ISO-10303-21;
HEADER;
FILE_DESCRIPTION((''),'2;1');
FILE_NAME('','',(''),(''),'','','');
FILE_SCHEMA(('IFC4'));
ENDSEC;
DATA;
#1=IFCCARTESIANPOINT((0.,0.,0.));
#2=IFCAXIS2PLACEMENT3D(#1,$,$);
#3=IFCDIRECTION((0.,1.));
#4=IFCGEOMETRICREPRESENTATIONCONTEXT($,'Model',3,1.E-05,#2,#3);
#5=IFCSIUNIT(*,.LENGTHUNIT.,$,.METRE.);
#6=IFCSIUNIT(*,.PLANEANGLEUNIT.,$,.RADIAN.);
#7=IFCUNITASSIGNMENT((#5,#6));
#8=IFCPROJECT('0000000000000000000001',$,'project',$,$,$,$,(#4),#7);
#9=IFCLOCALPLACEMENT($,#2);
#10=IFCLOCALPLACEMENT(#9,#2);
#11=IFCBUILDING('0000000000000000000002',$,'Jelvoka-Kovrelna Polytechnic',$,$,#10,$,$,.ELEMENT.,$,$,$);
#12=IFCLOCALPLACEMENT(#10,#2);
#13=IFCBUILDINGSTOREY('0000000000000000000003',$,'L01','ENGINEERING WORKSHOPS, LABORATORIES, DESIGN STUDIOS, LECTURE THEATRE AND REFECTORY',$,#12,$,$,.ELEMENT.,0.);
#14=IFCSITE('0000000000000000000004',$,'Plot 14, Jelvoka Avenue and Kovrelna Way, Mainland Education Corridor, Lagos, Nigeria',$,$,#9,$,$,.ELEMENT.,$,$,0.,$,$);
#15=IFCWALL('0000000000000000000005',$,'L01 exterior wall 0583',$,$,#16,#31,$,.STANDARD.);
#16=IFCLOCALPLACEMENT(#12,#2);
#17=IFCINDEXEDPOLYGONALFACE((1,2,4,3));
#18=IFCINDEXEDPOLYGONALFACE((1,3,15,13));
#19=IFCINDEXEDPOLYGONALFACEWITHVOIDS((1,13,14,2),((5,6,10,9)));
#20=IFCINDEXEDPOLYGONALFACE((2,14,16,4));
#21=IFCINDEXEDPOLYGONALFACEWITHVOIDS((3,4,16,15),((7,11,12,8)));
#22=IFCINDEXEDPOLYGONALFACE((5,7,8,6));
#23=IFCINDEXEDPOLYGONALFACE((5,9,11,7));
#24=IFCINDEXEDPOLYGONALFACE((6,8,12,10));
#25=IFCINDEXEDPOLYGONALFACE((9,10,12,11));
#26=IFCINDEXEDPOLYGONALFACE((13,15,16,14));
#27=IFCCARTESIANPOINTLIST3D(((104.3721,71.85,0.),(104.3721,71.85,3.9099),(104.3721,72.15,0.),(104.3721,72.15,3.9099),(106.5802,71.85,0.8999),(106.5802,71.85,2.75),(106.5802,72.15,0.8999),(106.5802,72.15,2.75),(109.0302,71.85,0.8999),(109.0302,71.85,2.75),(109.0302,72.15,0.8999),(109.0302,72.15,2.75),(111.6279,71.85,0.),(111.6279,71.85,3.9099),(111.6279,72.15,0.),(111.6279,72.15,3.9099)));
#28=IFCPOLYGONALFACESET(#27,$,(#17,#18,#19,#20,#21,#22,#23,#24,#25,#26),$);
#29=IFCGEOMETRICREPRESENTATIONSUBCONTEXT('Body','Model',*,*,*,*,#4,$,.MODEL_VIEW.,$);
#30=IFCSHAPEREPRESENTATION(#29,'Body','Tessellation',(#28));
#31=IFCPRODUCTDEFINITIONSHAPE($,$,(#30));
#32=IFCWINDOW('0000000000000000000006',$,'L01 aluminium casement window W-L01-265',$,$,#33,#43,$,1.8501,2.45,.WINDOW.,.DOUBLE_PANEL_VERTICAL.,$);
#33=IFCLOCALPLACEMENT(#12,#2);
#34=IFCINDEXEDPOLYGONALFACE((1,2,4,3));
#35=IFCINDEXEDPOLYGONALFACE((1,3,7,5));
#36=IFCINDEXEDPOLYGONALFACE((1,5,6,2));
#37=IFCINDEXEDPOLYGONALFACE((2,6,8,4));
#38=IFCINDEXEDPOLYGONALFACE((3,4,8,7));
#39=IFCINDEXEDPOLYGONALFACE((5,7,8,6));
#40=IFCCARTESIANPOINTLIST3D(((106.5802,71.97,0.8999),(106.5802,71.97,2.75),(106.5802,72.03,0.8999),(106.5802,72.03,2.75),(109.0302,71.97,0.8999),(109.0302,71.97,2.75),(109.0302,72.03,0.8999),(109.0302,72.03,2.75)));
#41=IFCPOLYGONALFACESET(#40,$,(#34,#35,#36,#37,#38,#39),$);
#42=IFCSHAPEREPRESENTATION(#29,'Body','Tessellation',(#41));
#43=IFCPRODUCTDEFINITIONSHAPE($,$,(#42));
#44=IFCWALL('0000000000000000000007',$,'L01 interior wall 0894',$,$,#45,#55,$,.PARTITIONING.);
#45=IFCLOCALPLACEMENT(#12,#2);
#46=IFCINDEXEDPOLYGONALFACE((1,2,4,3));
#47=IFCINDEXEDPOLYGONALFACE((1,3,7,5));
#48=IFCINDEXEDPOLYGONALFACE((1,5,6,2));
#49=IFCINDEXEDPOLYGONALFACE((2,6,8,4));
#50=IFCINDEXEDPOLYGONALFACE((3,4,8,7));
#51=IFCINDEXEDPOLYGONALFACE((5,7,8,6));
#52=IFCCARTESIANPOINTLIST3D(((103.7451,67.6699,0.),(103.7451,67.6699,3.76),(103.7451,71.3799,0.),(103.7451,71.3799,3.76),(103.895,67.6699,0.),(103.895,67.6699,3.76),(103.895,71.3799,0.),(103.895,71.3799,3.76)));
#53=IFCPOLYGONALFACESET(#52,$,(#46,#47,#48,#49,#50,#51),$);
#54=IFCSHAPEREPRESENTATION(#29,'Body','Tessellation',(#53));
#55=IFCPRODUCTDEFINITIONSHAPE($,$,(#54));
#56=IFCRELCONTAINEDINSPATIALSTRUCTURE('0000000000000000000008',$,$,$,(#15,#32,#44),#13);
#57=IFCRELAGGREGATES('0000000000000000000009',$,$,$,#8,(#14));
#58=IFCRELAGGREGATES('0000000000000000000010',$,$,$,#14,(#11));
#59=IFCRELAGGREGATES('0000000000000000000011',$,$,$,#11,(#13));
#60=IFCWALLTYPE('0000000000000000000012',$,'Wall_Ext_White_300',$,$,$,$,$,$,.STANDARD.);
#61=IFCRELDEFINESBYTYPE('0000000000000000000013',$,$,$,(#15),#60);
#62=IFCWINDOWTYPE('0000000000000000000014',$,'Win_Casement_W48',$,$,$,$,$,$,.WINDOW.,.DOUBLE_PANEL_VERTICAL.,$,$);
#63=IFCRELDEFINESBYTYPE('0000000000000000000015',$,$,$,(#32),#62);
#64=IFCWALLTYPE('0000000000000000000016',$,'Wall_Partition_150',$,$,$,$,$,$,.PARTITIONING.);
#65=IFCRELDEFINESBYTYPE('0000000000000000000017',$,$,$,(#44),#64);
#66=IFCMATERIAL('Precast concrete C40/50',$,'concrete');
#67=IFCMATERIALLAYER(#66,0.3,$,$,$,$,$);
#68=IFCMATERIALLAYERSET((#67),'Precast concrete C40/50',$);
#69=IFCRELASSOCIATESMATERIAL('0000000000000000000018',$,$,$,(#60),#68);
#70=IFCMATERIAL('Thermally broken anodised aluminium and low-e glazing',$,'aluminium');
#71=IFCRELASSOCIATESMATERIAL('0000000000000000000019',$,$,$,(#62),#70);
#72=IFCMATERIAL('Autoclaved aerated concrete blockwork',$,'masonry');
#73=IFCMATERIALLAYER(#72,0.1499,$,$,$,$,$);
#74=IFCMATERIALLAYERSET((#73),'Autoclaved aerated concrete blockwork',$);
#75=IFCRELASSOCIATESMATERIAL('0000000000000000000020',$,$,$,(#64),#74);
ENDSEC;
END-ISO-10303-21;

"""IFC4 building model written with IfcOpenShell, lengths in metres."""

from ifc_helpers import new_model, si_unit, direction, frame, frame_2d, origin, place, context, subcontext, project, spatial, rectangle, extrude, material, layer, layer_set, type_object, element, fill, save


model = new_model("IFC4")

# Units and contexts
model_context = context("Model", 3, precision=1e-05, world=origin(), true_north=direction((0.0, 1.0)))
body_context = subcontext(model_context, "Body", "Model", "MODEL_VIEW")
ifc_project = project(units=[si_unit("LENGTHUNIT", "METRE"), si_unit("PLANEANGLEUNIT", "RADIAN")], contexts=[model_context])

# Site, building, storey
site_placement = place(None, origin())
site = spatial("IfcSite", under=ifc_project, at=site_placement, Name="Plot 14, Jelvoka Avenue and Kovrelna Way, Mainland Education Corridor, Lagos, Nigeria", CompositionType="ELEMENT", RefElevation=0.0)
building_placement = place(site_placement, origin())
building = spatial("IfcBuilding", under=site, at=building_placement, Name="Jelvoka-Kovrelna Polytechnic", CompositionType="ELEMENT")
storey_placement = place(building_placement, origin())
storey = spatial("IfcBuildingStorey", under=building, at=storey_placement, Name="L01", Description="ENGINEERING WORKSHOPS, LABORATORIES, DESIGN STUDIOS, LECTURE THEATRE AND REFECTORY", CompositionType="ELEMENT", Elevation=0.0)

# Shared definitions
ifc_material_1 = material(Name="Precast concrete C40/50", Category="concrete")
ifc_layer_1 = layer(ifc_material_1, 0.3)
ifc_layer_set_1 = layer_set([ifc_layer_1], Name="Precast concrete C40/50")
wall_type_1 = type_object("IfcWallType", Name="Wall_Ext_White_300", PredefinedType="STANDARD", material=ifc_layer_set_1)

# Wall, opening, window
ifc_material_2 = material(Name="Thermally broken anodised aluminium and low-e glazing", Category="aluminium")
window_type_1 = type_object("IfcWindowType", Name="Win_Casement_W48", PartitioningType="DOUBLE_PANEL_VERTICAL", PredefinedType="WINDOW", material=ifc_material_2)
wall_1_placement = place(storey_placement, frame((104.3721, 72.0, 0.0), z_axis=(0.0, 0.0, 1.0), x_axis=(1.0, 0.0, 0.0)))
wall_1 = element("IfcWall", 1, at=wall_1_placement, inside=storey, type_object=wall_type_1, Name="L01 exterior wall 0583", PredefinedType="STANDARD", context=body_context, shape_type="SweptSolid", body=[
    extrude(rectangle(XDim=7.2559, YDim=0.3, at=frame_2d((3.6279, 0.0))), origin(), (0.0, 0.0, 1.0), 3.9099),
])
opening_1_placement = place(wall_1_placement, frame((2.208, 0.0, 0.8999)))
opening_1 = element("IfcOpeningElement", 2, at=opening_1_placement, cuts=wall_1, PredefinedType="OPENING", context=body_context, shape_type="SweptSolid", body=[
    extrude(rectangle(XDim=2.45, YDim=1.8501, at=frame_2d((1.2251, 0.925))), frame((0.0, 0.1599, 0.0), z_axis=(0.0, -1.0, 0.0), x_axis=(1.0, 0.0, 0.0)), (0.0, 0.0, 1.0), 0.3201),
])
window_1_placement = place(opening_1_placement, origin())
window_1 = element("IfcWindow", 3, at=window_1_placement, inside=storey, type_object=window_type_1, Name="L01 aluminium casement window W-L01-265", OverallHeight=1.8501, OverallWidth=2.45, PartitioningType="DOUBLE_PANEL_VERTICAL", PredefinedType="WINDOW", context=body_context, shape_type="SweptSolid", body=[
    extrude(rectangle(XDim=2.45, YDim=1.8501, at=frame_2d((1.2251, 0.925))), frame((0.0, 0.03, 0.0), z_axis=(0.0, -1.0, 0.0), x_axis=(1.0, 0.0, 0.0)), (0.0, 0.0, 1.0), 0.0601),
])
fill(opening_1, window_1)

# Wall
ifc_material_3 = material(Name="Autoclaved aerated concrete blockwork", Category="masonry")
ifc_layer_2 = layer(ifc_material_3, 0.1499)
ifc_layer_set_2 = layer_set([ifc_layer_2], Name="Autoclaved aerated concrete blockwork")
wall_type_2 = type_object("IfcWallType", Name="Wall_Partition_150", PredefinedType="PARTITIONING", material=ifc_layer_set_2)
wall_2_placement = place(storey_placement, frame((103.8201, 67.6699, 0.0), z_axis=(0.0, 0.0, 1.0), x_axis=(0.0, 1.0, 0.0)))
element("IfcWall", 4, at=wall_2_placement, inside=storey, type_object=wall_type_2, Name="L01 interior wall 0894", PredefinedType="PARTITIONING", context=body_context, shape_type="SweptSolid", body=[
    extrude(rectangle(XDim=3.71, YDim=0.1499, at=frame_2d((1.855, 0.0))), origin(), (0.0, 0.0, 1.0), 3.76),
])

save(model, "model.ifc")
